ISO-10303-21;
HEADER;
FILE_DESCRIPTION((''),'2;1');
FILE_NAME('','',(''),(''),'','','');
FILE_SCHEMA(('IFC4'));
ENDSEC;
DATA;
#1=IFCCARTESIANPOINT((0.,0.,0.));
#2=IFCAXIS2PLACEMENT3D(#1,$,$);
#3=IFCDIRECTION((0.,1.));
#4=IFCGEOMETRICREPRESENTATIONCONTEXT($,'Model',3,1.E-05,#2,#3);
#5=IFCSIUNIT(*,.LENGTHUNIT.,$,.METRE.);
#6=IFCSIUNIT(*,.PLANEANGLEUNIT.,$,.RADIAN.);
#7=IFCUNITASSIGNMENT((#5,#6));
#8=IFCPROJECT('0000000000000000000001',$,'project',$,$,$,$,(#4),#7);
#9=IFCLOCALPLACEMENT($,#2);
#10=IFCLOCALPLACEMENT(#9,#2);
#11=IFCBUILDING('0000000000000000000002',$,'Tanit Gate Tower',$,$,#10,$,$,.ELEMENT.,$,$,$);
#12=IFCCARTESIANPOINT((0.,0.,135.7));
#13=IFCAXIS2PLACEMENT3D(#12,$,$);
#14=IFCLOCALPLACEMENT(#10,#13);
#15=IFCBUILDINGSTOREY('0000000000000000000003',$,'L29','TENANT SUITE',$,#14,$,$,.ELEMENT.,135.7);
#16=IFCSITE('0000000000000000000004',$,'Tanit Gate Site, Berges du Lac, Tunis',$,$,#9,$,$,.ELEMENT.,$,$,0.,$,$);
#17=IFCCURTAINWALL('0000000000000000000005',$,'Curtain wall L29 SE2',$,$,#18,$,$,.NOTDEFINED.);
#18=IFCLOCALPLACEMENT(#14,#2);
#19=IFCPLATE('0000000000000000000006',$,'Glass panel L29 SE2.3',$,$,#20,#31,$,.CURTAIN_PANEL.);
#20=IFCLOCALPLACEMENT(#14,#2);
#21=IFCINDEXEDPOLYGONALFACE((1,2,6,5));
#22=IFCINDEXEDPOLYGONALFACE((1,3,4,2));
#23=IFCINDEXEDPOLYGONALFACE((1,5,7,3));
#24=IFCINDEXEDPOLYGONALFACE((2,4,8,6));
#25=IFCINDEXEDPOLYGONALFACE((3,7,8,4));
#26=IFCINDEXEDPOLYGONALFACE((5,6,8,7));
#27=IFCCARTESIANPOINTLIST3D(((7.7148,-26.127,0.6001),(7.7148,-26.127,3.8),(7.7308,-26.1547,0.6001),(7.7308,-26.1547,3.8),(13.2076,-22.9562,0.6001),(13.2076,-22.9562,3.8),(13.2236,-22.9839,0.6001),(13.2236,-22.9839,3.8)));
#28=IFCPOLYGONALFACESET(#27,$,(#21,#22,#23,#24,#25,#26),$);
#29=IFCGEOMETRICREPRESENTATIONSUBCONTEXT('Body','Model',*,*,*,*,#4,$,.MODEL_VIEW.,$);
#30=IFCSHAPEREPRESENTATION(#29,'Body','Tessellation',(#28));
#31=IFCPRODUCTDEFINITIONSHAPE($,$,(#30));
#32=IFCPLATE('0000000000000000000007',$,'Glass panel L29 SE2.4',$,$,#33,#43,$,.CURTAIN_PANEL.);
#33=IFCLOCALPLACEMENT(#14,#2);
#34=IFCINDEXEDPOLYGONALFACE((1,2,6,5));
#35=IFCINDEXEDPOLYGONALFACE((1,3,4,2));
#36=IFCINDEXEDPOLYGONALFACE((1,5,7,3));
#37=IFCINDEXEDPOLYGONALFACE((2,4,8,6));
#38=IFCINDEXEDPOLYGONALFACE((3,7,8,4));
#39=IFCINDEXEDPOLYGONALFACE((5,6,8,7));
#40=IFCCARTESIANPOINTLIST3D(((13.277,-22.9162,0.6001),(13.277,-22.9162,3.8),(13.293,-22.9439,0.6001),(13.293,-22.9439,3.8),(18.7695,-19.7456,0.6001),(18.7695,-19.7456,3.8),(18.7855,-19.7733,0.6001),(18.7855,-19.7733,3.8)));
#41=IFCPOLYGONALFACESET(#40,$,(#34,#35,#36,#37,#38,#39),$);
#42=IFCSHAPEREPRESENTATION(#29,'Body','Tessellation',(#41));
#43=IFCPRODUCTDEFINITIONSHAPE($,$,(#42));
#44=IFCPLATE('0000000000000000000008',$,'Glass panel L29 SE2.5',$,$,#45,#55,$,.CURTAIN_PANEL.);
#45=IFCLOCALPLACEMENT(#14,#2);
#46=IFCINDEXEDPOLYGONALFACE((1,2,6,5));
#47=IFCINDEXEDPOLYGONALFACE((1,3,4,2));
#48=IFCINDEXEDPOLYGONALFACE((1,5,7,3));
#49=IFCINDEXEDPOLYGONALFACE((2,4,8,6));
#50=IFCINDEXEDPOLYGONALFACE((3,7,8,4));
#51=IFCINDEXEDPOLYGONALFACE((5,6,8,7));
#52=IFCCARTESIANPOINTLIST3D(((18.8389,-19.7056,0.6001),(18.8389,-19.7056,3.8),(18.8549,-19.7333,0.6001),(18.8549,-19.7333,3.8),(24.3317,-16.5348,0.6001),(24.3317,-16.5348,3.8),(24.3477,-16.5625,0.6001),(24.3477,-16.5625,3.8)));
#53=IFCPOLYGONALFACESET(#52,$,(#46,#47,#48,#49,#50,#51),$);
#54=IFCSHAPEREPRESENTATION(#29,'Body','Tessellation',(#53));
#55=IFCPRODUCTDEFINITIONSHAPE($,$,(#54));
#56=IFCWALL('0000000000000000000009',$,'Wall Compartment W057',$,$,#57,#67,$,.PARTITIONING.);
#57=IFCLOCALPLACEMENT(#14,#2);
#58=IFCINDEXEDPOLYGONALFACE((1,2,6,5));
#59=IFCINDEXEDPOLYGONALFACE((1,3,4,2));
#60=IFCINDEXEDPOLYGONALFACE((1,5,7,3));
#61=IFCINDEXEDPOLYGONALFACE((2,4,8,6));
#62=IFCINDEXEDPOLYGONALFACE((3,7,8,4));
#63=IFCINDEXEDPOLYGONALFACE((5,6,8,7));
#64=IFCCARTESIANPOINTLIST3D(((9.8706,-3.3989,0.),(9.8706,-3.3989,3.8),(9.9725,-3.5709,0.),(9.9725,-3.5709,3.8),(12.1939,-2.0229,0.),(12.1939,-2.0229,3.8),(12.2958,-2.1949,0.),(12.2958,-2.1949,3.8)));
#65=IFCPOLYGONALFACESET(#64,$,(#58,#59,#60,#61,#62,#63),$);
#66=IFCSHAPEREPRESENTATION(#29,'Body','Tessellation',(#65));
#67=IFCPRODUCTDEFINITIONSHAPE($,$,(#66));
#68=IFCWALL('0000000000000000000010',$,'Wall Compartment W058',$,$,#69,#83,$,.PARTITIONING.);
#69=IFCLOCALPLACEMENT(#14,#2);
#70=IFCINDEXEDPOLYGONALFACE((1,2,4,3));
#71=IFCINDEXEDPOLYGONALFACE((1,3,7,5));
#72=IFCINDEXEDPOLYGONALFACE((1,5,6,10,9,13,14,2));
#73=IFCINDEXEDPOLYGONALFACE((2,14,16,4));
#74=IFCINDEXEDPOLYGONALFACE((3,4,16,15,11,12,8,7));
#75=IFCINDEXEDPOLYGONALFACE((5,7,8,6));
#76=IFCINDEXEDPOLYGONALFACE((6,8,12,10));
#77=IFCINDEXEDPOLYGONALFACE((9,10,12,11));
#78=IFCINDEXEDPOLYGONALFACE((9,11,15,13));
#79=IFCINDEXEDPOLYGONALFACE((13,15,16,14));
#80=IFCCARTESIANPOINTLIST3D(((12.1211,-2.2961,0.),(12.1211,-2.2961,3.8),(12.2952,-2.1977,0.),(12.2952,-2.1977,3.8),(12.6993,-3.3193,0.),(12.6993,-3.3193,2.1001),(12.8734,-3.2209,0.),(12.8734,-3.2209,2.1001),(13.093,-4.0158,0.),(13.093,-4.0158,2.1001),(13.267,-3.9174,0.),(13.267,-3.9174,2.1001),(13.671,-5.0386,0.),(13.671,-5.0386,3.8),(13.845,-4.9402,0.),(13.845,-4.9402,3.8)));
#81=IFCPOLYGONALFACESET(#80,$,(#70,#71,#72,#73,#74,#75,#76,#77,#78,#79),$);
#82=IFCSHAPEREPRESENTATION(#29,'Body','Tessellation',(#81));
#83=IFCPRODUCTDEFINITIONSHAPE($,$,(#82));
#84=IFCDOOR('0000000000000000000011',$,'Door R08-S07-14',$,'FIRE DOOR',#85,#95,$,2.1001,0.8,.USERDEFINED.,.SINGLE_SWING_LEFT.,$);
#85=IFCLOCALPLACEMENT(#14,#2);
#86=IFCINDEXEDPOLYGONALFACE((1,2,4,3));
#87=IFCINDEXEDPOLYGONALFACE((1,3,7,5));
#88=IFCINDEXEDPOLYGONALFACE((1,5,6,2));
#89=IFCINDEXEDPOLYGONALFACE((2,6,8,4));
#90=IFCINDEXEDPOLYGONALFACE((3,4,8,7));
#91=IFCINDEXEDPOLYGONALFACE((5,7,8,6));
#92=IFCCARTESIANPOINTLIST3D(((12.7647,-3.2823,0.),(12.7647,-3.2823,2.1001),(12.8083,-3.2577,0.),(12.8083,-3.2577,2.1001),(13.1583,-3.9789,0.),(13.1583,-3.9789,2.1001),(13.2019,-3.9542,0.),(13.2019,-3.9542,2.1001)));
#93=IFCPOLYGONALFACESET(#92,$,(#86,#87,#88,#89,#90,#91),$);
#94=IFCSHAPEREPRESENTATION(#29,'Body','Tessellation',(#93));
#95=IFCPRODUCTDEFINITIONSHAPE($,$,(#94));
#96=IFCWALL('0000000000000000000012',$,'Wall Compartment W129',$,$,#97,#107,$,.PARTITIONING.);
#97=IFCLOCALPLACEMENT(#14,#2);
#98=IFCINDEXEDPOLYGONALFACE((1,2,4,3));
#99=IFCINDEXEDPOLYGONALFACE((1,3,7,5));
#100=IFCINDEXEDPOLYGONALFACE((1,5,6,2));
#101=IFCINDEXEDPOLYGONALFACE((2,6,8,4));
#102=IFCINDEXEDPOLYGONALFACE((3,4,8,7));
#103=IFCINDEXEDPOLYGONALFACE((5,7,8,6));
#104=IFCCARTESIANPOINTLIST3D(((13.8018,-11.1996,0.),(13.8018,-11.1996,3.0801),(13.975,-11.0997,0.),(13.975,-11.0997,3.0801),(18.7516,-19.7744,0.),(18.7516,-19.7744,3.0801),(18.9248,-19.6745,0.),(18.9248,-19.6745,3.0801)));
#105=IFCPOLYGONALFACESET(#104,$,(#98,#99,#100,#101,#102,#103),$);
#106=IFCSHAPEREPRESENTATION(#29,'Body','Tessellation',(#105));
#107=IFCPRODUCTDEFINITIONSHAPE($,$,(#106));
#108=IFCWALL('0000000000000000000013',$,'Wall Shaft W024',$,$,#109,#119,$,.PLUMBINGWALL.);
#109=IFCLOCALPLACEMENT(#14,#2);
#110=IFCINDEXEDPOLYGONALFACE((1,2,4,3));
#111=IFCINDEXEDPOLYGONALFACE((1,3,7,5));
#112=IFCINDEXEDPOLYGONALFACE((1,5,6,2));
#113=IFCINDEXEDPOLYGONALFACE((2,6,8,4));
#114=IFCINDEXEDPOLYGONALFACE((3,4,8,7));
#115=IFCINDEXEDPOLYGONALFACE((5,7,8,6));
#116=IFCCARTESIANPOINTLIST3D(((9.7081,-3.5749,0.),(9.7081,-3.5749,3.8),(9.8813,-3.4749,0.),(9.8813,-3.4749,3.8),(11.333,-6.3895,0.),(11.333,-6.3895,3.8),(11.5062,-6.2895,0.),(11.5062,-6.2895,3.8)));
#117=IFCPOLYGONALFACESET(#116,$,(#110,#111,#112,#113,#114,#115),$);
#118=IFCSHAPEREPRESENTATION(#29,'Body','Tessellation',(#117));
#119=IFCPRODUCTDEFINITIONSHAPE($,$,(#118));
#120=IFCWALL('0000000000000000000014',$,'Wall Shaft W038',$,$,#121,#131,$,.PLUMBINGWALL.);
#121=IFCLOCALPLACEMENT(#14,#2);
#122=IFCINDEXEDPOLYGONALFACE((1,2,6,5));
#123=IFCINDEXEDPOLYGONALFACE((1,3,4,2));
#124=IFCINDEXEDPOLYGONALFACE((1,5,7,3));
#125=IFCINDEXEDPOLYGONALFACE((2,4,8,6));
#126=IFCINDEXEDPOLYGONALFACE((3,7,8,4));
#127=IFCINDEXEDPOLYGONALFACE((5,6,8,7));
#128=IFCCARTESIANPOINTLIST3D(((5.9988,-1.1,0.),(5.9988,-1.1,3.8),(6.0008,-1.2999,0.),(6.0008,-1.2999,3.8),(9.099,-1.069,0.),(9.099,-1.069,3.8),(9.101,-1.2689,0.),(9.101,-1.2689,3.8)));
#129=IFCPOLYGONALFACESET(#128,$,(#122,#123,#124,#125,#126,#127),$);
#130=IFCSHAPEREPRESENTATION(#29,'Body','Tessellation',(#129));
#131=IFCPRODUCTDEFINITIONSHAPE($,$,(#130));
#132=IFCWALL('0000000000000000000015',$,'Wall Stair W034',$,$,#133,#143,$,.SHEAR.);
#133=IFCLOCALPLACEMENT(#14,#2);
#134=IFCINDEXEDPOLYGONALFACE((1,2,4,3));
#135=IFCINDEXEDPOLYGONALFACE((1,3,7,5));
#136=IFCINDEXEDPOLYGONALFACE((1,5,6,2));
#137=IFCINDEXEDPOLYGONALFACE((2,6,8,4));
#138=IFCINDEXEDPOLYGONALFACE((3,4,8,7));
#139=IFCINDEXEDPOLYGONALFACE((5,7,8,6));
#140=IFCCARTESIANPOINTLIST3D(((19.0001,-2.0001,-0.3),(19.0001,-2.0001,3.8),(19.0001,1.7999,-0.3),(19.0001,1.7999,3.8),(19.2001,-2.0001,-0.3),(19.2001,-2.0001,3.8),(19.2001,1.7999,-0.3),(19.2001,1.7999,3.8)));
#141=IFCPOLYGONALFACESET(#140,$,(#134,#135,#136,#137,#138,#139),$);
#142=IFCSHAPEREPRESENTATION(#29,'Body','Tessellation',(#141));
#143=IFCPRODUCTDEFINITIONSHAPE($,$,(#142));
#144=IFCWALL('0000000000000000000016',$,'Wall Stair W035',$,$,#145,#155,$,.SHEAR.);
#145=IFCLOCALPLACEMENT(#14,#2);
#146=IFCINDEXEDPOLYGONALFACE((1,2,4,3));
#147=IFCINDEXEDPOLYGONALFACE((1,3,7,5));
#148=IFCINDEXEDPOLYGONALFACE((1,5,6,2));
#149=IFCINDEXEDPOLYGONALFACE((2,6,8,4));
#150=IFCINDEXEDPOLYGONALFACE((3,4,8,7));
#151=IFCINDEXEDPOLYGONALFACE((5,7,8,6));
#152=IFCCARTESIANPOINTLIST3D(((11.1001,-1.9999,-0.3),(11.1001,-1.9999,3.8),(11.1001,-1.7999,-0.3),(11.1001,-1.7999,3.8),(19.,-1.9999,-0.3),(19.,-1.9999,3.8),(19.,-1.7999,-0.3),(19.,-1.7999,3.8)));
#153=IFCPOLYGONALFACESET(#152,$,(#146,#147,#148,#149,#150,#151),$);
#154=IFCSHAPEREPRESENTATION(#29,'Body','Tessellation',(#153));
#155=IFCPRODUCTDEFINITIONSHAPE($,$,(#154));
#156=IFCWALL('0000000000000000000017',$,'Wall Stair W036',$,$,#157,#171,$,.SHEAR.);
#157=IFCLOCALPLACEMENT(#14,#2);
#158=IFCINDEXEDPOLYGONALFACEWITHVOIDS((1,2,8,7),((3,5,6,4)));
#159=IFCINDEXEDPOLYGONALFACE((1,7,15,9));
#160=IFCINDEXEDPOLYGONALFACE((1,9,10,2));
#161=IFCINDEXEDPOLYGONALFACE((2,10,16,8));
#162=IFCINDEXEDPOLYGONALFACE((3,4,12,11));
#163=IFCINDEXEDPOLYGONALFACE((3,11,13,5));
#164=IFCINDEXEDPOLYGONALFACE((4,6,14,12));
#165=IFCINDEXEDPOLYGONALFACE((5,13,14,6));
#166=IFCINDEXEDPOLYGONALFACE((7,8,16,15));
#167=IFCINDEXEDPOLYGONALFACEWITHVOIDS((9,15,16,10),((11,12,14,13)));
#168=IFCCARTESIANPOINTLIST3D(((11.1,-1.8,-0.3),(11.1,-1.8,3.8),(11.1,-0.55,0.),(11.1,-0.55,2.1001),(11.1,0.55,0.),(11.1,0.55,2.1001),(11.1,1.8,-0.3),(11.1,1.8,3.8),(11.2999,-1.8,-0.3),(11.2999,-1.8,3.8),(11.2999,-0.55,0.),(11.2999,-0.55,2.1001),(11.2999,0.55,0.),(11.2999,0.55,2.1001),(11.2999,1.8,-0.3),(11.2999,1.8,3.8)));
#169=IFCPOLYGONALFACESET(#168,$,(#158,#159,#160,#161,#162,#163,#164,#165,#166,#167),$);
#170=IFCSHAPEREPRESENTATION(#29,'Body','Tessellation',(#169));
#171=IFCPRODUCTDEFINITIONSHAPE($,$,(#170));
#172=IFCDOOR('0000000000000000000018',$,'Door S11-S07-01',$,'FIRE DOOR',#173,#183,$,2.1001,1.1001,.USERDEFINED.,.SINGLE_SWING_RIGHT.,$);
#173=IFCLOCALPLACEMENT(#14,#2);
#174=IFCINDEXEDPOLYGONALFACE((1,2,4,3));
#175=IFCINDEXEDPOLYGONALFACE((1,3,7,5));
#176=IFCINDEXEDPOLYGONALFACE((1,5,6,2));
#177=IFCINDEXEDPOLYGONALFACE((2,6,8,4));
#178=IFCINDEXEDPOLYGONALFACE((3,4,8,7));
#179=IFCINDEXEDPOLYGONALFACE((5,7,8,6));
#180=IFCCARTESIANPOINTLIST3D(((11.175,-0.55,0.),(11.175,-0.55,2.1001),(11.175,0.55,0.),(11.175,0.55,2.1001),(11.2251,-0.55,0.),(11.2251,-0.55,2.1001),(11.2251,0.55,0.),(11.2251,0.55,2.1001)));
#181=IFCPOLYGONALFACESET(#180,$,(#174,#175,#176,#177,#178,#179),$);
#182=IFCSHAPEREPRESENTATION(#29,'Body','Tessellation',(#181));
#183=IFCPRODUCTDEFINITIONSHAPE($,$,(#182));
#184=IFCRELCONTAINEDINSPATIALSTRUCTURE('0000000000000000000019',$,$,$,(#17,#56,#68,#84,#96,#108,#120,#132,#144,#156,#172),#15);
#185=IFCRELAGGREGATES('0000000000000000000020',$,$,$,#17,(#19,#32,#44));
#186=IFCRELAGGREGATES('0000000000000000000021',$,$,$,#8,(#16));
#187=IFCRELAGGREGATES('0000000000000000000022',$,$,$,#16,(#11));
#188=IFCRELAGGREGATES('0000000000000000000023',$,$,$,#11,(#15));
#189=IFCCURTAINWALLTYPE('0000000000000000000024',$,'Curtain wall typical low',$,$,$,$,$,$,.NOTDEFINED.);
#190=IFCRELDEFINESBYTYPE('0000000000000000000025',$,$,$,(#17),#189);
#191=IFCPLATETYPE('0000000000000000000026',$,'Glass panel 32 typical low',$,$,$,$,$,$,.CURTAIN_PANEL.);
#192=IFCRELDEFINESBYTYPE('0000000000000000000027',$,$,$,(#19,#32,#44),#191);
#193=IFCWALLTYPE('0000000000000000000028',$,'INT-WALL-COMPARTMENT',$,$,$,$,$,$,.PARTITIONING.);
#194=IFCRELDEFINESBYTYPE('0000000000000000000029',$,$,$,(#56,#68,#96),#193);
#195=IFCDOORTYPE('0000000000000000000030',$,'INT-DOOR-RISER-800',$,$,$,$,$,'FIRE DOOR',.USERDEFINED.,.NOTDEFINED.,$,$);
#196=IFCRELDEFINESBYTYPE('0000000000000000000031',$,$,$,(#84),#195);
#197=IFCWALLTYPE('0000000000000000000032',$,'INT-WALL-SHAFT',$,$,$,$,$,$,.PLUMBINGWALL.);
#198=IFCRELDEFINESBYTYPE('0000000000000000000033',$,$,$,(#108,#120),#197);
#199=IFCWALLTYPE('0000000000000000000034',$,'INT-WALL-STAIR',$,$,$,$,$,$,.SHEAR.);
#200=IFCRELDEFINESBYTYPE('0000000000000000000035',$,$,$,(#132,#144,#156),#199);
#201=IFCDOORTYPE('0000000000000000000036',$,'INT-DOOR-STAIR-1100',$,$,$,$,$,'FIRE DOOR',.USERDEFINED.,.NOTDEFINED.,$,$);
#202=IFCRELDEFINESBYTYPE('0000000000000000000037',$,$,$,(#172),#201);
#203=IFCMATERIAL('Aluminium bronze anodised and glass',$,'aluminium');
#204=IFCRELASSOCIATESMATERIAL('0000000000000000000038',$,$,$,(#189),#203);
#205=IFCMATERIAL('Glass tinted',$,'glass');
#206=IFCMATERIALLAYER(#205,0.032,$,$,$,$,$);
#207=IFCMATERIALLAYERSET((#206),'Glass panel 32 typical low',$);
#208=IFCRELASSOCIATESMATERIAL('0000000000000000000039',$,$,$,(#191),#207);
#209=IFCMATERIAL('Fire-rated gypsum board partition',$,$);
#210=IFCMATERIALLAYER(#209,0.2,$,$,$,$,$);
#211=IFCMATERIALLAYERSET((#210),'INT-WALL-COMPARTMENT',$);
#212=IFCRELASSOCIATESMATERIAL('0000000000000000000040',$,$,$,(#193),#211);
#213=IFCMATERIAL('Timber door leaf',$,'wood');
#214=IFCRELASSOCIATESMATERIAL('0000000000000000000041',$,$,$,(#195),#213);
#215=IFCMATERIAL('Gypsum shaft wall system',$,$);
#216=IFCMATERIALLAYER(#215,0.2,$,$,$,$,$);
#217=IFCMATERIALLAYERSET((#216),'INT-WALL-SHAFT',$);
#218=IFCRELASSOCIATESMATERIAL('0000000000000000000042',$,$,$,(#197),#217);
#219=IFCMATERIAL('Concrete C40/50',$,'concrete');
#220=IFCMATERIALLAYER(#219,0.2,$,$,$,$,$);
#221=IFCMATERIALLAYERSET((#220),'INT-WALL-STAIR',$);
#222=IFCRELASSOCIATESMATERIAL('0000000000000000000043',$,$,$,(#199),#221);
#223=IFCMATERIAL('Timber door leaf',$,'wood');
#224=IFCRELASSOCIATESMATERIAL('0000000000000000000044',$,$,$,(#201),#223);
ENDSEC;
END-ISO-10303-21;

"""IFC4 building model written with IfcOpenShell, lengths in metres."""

from ifc_helpers import new_model, si_unit, direction, frame, frame_2d, origin, origin_2d, place, context, subcontext, project, spatial, rectangle, extrude, material, layer, layer_set, type_object, element, fill, aggregate, save


model = new_model("IFC4")

# Units and contexts
model_context = context("Model", 3, precision=1e-05, world=origin(), true_north=direction((0.0, 1.0)))
body_context = subcontext(model_context, "Body", "Model", "MODEL_VIEW")
ifc_project = project(units=[si_unit("LENGTHUNIT", "METRE"), si_unit("PLANEANGLEUNIT", "RADIAN")], contexts=[model_context])

# Site, building, storey
site_placement = place(None, origin())
site = spatial("IfcSite", under=ifc_project, at=site_placement, Name="Tanit Gate Site, Berges du Lac, Tunis", CompositionType="ELEMENT", RefElevation=0.0)
building_placement = place(site_placement, origin())
building = spatial("IfcBuilding", under=site, at=building_placement, Name="Tanit Gate Tower", CompositionType="ELEMENT")
storey_placement = place(building_placement, frame((0.0, 0.0, 135.7)))
storey = spatial("IfcBuildingStorey", under=building, at=storey_placement, Name="L29", Description="TENANT SUITE", CompositionType="ELEMENT", Elevation=135.7)

# Curtain wall
ifc_material_1 = material(Name="Aluminium bronze anodised and glass", Category="aluminium")
curtain_wall_type = type_object("IfcCurtainWallType", Name="Curtain wall typical low", PredefinedType="NOTDEFINED", material=ifc_material_1)
curtain_wall_placement = place(storey_placement, origin())
curtain_wall = element("IfcCurtainWall", 1, at=curtain_wall_placement, inside=storey, type_object=curtain_wall_type, Name="Curtain wall L29 SE2", PredefinedType="NOTDEFINED")

# Plates
ifc_material_2 = material(Name="Glass tinted", Category="glass")
ifc_layer_1 = layer(ifc_material_2, 0.032)
ifc_layer_set_1 = layer_set([ifc_layer_1], Name="Glass panel 32 typical low")
plate_type = type_object("IfcPlateType", Name="Glass panel 32 typical low", PredefinedType="CURTAIN_PANEL", material=ifc_layer_set_1)
plate_1_placement = place(storey_placement, frame((10.4692, -24.5554, 0.6001), z_axis=(0.0, 0.0, 1.0), x_axis=(0.86606, 0.49994, 0.0)))
plate_1 = element("IfcPlate", 2, at=plate_1_placement, type_object=plate_type, Name="Glass panel L29 SE2.3", PredefinedType="CURTAIN_PANEL", context=body_context, shape_type="SweptSolid", body=[
    extrude(rectangle(XDim=6.3423, YDim=0.032, at=origin_2d()), origin(), (0.0, 0.0, 1.0), 3.2),
])
plate_2_placement = place(storey_placement, frame((16.0312, -21.3447, 0.6001), z_axis=(0.0, 0.0, 1.0), x_axis=(0.86606, 0.49994, 0.0)))
plate_2 = element("IfcPlate", 3, at=plate_2_placement, type_object=plate_type, Name="Glass panel L29 SE2.4", PredefinedType="CURTAIN_PANEL", context=body_context, shape_type="SweptSolid", body=[
    extrude(rectangle(XDim=6.342, YDim=0.032, at=origin_2d()), origin(), (0.0, 0.0, 1.0), 3.2),
])
plate_3_placement = place(storey_placement, frame((21.5933, -18.134, 0.6001), z_axis=(0.0, 0.0, 1.0), x_axis=(0.86606, 0.49994, 0.0)))
plate_3 = element("IfcPlate", 4, at=plate_3_placement, type_object=plate_type, Name="Glass panel L29 SE2.5", PredefinedType="CURTAIN_PANEL", context=body_context, shape_type="SweptSolid", body=[
    extrude(rectangle(XDim=6.3423, YDim=0.032, at=origin_2d()), origin(), (0.0, 0.0, 1.0), 3.2),
])
aggregate(curtain_wall, [plate_1, plate_2, plate_3])

# Wall
ifc_material_3 = material(Name="Fire-rated gypsum board partition")
ifc_layer_2 = layer(ifc_material_3, 0.2)
ifc_layer_set_2 = layer_set([ifc_layer_2], Name="INT-WALL-COMPARTMENT")
wall_type_1 = type_object("IfcWallType", Name="INT-WALL-COMPARTMENT", PredefinedType="PARTITIONING", material=ifc_layer_set_2)
wall_1_placement = place(storey_placement, frame((12.2449, -2.1089, 0.0), z_axis=(0.0, 0.0, 1.0), x_axis=(-0.860415, -0.509594, 0.0)))
element("IfcWall", 5, at=wall_1_placement, inside=storey, type_object=wall_type_1, Name="Wall Compartment W057", PredefinedType="PARTITIONING", context=body_context, shape_type="SweptSolid", body=[
    extrude(rectangle(XDim=2.7002, YDim=0.2, at=frame_2d((1.3501, 0.0))), origin(), (0.0, 0.0, 1.0), 3.8),
])

# Wall, opening, door
wall_2_placement = place(storey_placement, frame((13.7581, -4.9895, 0.0), z_axis=(0.0, 0.0, 1.0), x_axis=(-0.491993, 0.870599, 0.0)))
wall_2 = element("IfcWall", 6, at=wall_2_placement, inside=storey, type_object=wall_type_1, Name="Wall Compartment W058", PredefinedType="PARTITIONING", context=body_context, shape_type="SweptSolid", body=[
    extrude(rectangle(XDim=3.1501, YDim=0.2, at=frame_2d((1.5752, 0.0))), origin(), (0.0, 0.0, 1.0), 3.8),
])
opening_1_placement = place(wall_2_placement, frame((1.175, 0.0, 0.0)))
opening_1 = element("IfcOpeningElement", 7, at=opening_1_placement, cuts=wall_2, PredefinedType="OPENING", context=body_context, shape_type="SweptSolid", body=[
    extrude(rectangle(XDim=0.8, YDim=2.1001, at=frame_2d((0.3999, 1.05))), frame((0.0, 0.1099, 0.0), z_axis=(0.0, -1.0, 0.0), x_axis=(1.0, 0.0, 0.0)), (0.0, 0.0, 1.0), 0.22),
])
ifc_material_4 = material(Name="Timber door leaf", Category="wood")
door_type_1 = type_object("IfcDoorType", Name="INT-DOOR-RISER-800", ElementType="FIRE DOOR", OperationType="NOTDEFINED", PredefinedType="USERDEFINED", material=ifc_material_4)
door_1_placement = place(opening_1_placement, origin())
door_1 = element("IfcDoor", 8, at=door_1_placement, inside=storey, type_object=door_type_1, Name="Door R08-S07-14", ObjectType="FIRE DOOR", OperationType="SINGLE_SWING_LEFT", OverallHeight=2.1001, OverallWidth=0.8, PredefinedType="USERDEFINED", context=body_context, shape_type="SweptSolid", body=[
    extrude(rectangle(XDim=0.8, YDim=2.1001, at=frame_2d((0.3999, 1.05))), frame((0.0, 0.0249, 0.0), z_axis=(0.0, -1.0, 0.0), x_axis=(1.0, 0.0, 0.0)), (0.0, 0.0, 1.0), 0.05),
])
fill(opening_1, door_1)

# Walls
wall_3_placement = place(storey_placement, frame((13.8884, -11.1497, 0.0), z_axis=(0.0, 0.0, 1.0), x_axis=(0.499932, -0.866065, 0.0)))
element("IfcWall", 9, at=wall_3_placement, inside=storey, type_object=wall_type_1, Name="Wall Compartment W129", PredefinedType="PARTITIONING", context=body_context, shape_type="SweptSolid", body=[
    extrude(rectangle(XDim=9.9009, YDim=0.2, at=frame_2d((4.9504, 0.0))), origin(), (0.0, 0.0, 1.0), 3.0801),
])
ifc_material_5 = material(Name="Gypsum shaft wall system")
ifc_layer_3 = layer(ifc_material_5, 0.2)
ifc_layer_set_3 = layer_set([ifc_layer_3], Name="INT-WALL-SHAFT")
wall_type_2 = type_object("IfcWallType", Name="INT-WALL-SHAFT", PredefinedType="PLUMBINGWALL", material=ifc_layer_set_3)
wall_4_placement = place(storey_placement, frame((9.7947, -3.5249, 0.0), z_axis=(0.0, 0.0, 1.0), x_axis=(0.499985, -0.866034, 0.0)))
element("IfcWall", 10, at=wall_4_placement, inside=storey, type_object=wall_type_2, Name="Wall Shaft W024", PredefinedType="PLUMBINGWALL", context=body_context, shape_type="SweptSolid", body=[
    extrude(rectangle(XDim=3.25, YDim=0.2, at=frame_2d((1.625, 0.0))), origin(), (0.0, 0.0, 1.0), 3.8),
])
wall_5_placement = place(storey_placement, frame((9.1001, -1.1689, 0.0), z_axis=(0.0, 0.0, 1.0), x_axis=(-0.99995, -0.010001, 0.0)))
element("IfcWall", 11, at=wall_5_placement, inside=storey, type_object=wall_type_2, Name="Wall Shaft W038", PredefinedType="PLUMBINGWALL", context=body_context, shape_type="SweptSolid", body=[
    extrude(rectangle(XDim=3.1003, YDim=0.2, at=frame_2d((1.5503, 0.0))), origin(), (0.0, 0.0, 1.0), 3.8),
])
ifc_material_6 = material(Name="Concrete C40/50", Category="concrete")
ifc_layer_4 = layer(ifc_material_6, 0.2)
ifc_layer_set_4 = layer_set([ifc_layer_4], Name="INT-WALL-STAIR")
wall_type_3 = type_object("IfcWallType", Name="INT-WALL-STAIR", PredefinedType="SHEAR", material=ifc_layer_set_4)
wall_6_placement = place(storey_placement, frame((19.1001, -2.0, -0.3), z_axis=(0.0, 0.0, 1.0), x_axis=(0.0, 1.0, 0.0)))
element("IfcWall", 12, at=wall_6_placement, inside=storey, type_object=wall_type_3, Name="Wall Stair W034", PredefinedType="SHEAR", context=body_context, shape_type="SweptSolid", body=[
    extrude(rectangle(XDim=3.8, YDim=0.2, at=frame_2d((1.8999, 0.0))), origin(), (0.0, 0.0, 1.0), 4.1001),
])
wall_7_placement = place(storey_placement, frame((11.1001, -1.8999, -0.3), z_axis=(0.0, 0.0, 1.0), x_axis=(1.0, 0.0, 0.0)))
element("IfcWall", 13, at=wall_7_placement, inside=storey, type_object=wall_type_3, Name="Wall Stair W035", PredefinedType="SHEAR", context=body_context, shape_type="SweptSolid", body=[
    extrude(rectangle(XDim=7.8999, YDim=0.2, at=frame_2d((3.95, 0.0))), origin(), (0.0, 0.0, 1.0), 4.1001),
])

# Wall, opening, door
wall_8_placement = place(storey_placement, frame((11.2, -1.8, -0.3), z_axis=(0.0, 0.0, 1.0), x_axis=(0.0, 1.0, 0.0)))
wall_8 = element("IfcWall", 14, at=wall_8_placement, inside=storey, type_object=wall_type_3, Name="Wall Stair W036", PredefinedType="SHEAR", context=body_context, shape_type="SweptSolid", body=[
    extrude(rectangle(XDim=3.6001, YDim=0.2, at=frame_2d((1.8, 0.0))), origin(), (0.0, 0.0, 1.0), 4.1001),
])
opening_2_placement = place(wall_8_placement, frame((1.25, 0.0, 0.3)))
opening_2 = element("IfcOpeningElement", 15, at=opening_2_placement, cuts=wall_8, PredefinedType="OPENING", context=body_context, shape_type="SweptSolid", body=[
    extrude(rectangle(XDim=1.1001, YDim=2.1001, at=frame_2d((0.55, 1.05))), frame((0.0, 0.1099, 0.0), z_axis=(0.0, -1.0, 0.0), x_axis=(1.0, 0.0, 0.0)), (0.0, 0.0, 1.0), 0.22),
])
ifc_material_7 = material(Name="Timber door leaf", Category="wood")
door_type_2 = type_object("IfcDoorType", Name="INT-DOOR-STAIR-1100", ElementType="FIRE DOOR", OperationType="NOTDEFINED", PredefinedType="USERDEFINED", material=ifc_material_7)
door_2_placement = place(opening_2_placement, origin())
door_2 = element("IfcDoor", 16, at=door_2_placement, inside=storey, type_object=door_type_2, Name="Door S11-S07-01", ObjectType="FIRE DOOR", OperationType="SINGLE_SWING_RIGHT", OverallHeight=2.1001, OverallWidth=1.1001, PredefinedType="USERDEFINED", context=body_context, shape_type="SweptSolid", body=[
    extrude(rectangle(XDim=1.1001, YDim=2.1001, at=frame_2d((0.55, 1.05))), frame((0.0, 0.0249, 0.0), z_axis=(0.0, -1.0, 0.0), x_axis=(1.0, 0.0, 0.0)), (0.0, 0.0, 1.0), 0.05),
])
fill(opening_2, door_2)

save(model, "model.ifc")
